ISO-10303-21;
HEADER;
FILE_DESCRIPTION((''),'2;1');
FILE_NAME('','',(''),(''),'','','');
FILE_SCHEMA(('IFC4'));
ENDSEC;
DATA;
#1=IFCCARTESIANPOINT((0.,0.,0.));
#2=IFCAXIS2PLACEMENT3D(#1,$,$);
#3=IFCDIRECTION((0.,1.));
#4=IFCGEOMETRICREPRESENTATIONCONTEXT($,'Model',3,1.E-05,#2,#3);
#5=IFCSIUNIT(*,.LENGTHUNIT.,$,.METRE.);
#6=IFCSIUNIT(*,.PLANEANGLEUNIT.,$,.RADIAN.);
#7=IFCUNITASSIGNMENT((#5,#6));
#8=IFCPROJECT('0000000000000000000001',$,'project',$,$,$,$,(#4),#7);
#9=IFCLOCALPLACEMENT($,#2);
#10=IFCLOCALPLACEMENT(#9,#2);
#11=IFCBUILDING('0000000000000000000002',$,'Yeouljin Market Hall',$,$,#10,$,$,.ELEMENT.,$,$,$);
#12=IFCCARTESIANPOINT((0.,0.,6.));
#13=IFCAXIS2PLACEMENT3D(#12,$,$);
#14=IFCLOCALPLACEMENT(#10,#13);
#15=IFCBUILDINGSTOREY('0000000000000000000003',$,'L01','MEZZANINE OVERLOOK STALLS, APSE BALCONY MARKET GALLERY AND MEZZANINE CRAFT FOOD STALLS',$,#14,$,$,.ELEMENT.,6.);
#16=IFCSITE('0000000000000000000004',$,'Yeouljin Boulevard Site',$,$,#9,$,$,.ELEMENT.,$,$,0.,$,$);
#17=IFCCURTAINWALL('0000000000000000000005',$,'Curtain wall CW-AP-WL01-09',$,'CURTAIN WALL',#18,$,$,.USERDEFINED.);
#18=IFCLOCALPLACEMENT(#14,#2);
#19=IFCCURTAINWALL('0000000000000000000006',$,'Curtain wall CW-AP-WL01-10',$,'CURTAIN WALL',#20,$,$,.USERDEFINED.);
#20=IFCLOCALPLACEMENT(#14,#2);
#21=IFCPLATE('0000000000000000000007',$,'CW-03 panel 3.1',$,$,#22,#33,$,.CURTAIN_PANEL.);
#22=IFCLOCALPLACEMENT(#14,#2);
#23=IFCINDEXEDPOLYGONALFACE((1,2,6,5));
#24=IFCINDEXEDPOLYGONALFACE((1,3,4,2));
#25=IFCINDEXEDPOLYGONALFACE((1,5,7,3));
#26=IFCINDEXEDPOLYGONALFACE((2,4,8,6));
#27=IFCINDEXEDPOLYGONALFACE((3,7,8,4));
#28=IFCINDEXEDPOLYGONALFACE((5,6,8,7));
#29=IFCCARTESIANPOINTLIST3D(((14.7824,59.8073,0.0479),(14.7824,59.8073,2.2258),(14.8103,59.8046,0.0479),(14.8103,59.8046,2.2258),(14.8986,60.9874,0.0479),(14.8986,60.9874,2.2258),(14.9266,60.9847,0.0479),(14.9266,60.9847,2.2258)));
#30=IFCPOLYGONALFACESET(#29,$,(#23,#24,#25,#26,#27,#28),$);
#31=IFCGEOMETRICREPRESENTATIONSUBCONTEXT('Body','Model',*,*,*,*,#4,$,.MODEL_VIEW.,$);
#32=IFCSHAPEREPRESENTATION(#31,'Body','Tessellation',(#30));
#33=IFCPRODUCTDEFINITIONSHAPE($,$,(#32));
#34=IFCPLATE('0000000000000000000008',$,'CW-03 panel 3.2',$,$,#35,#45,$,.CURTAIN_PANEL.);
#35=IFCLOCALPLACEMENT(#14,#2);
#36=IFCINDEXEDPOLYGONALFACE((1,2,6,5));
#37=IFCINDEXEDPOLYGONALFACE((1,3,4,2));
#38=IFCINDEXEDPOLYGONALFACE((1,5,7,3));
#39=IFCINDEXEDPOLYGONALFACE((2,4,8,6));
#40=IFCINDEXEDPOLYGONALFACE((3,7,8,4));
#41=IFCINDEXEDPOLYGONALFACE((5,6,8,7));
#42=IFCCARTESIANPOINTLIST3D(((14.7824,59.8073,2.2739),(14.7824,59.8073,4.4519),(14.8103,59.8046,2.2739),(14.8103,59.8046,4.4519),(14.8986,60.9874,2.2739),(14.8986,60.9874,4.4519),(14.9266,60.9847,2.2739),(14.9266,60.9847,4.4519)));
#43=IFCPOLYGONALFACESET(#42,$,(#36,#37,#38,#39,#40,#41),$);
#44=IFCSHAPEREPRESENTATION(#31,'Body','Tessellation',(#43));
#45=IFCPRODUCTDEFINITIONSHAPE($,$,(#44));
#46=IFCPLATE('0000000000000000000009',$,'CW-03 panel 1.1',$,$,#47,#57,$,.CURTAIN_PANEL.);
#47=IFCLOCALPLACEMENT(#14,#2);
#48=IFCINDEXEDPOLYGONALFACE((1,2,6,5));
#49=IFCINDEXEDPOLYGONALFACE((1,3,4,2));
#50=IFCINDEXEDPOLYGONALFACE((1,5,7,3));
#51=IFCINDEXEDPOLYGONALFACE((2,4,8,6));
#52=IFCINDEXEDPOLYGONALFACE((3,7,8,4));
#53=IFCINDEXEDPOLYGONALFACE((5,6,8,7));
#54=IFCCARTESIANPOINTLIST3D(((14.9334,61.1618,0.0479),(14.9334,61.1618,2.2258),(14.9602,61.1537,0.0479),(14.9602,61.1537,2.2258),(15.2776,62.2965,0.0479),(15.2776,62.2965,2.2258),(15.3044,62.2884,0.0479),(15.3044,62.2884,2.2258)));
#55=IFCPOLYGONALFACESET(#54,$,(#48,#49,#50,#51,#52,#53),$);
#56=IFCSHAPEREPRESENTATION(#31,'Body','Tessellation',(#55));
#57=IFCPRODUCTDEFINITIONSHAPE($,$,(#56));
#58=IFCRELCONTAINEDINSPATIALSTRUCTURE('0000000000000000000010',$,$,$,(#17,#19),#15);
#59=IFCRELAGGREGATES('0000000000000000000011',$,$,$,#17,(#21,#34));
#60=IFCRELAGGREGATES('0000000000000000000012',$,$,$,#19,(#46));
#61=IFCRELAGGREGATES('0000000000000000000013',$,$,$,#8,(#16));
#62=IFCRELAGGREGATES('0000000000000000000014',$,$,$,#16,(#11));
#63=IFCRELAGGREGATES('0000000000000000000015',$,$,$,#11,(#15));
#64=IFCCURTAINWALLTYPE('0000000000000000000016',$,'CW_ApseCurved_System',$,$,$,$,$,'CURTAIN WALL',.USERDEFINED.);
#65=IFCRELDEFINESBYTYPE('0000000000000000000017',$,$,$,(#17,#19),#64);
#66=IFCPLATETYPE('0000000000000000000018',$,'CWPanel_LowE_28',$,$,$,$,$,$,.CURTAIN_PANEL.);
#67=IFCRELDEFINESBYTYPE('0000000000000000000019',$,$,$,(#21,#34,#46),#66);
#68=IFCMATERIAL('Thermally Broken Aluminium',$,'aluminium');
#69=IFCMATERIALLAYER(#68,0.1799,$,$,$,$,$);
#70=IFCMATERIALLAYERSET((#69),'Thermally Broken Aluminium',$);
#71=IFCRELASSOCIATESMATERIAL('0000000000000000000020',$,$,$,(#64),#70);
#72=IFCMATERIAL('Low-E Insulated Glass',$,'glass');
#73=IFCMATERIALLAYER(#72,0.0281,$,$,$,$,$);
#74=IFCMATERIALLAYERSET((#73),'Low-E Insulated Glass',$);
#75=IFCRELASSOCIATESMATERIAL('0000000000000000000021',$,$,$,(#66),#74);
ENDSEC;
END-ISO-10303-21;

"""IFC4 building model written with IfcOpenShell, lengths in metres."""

from ifc_helpers import new_model, si_unit, direction, frame, origin, origin_2d, place, context, subcontext, project, spatial, rectangle, extrude, material, layer, layer_set, type_object, element, aggregate, save


model = new_model("IFC4")

# Units and contexts
model_context = context("Model", 3, precision=1e-05, world=origin(), true_north=direction((0.0, 1.0)))
body_context = subcontext(model_context, "Body", "Model", "MODEL_VIEW")
ifc_project = project(units=[si_unit("LENGTHUNIT", "METRE"), si_unit("PLANEANGLEUNIT", "RADIAN")], contexts=[model_context])

# Site, building, storey
site_placement = place(None, origin())
site = spatial("IfcSite", under=ifc_project, at=site_placement, Name="Yeouljin Boulevard Site", CompositionType="ELEMENT", RefElevation=0.0)
building_placement = place(site_placement, origin())
building = spatial("IfcBuilding", under=site, at=building_placement, Name="Yeouljin Market Hall", CompositionType="ELEMENT")
storey_placement = place(building_placement, frame((0.0, 0.0, 6.0)))
storey = spatial("IfcBuildingStorey", under=building, at=storey_placement, Name="L01", Description="MEZZANINE OVERLOOK STALLS, APSE BALCONY MARKET GALLERY AND MEZZANINE CRAFT FOOD STALLS", CompositionType="ELEMENT", Elevation=6.0)

# Curtain wall
ifc_material_1 = material(Name="Thermally Broken Aluminium", Category="aluminium")
ifc_layer_1 = layer(ifc_material_1, 0.1799)
ifc_layer_set_1 = layer_set([ifc_layer_1], Name="Thermally Broken Aluminium")
curtain_wall_type = type_object("IfcCurtainWallType", Name="CW_ApseCurved_System", ElementType="CURTAIN WALL", PredefinedType="USERDEFINED", material=ifc_layer_set_1)
curtain_wall_1_placement = place(storey_placement, origin())
curtain_wall_1 = element("IfcCurtainWall", 1, at=curtain_wall_1_placement, inside=storey, type_object=curtain_wall_type, Name="Curtain wall CW-AP-WL01-09", ObjectType="CURTAIN WALL", PredefinedType="USERDEFINED")

# Curtain wall
curtain_wall_2_placement = place(storey_placement, origin())
curtain_wall_2 = element("IfcCurtainWall", 2, at=curtain_wall_2_placement, inside=storey, type_object=curtain_wall_type, Name="Curtain wall CW-AP-WL01-10", ObjectType="CURTAIN WALL", PredefinedType="USERDEFINED")

# Plates
ifc_material_2 = material(Name="Low-E Insulated Glass", Category="glass")
ifc_layer_2 = layer(ifc_material_2, 0.0281)
ifc_layer_set_2 = layer_set([ifc_layer_2], Name="Low-E Insulated Glass")
plate_type = type_object("IfcPlateType", Name="CWPanel_LowE_28", PredefinedType="CURTAIN_PANEL", material=ifc_layer_set_2)
plate_1_placement = place(storey_placement, frame((14.8545, 60.396, 0.0479), z_axis=(0.0, 0.0, 1.0), x_axis=(0.098034, 0.995183, 0.0)))
plate_1 = element("IfcPlate", 3, at=plate_1_placement, type_object=plate_type, Name="CW-03 panel 3.1", PredefinedType="CURTAIN_PANEL", context=body_context, shape_type="SweptSolid", body=[
    extrude(rectangle(XDim=1.1858, YDim=0.0281, at=origin_2d()), origin(), (0.0, 0.0, 1.0), 2.178),
])
plate_2_placement = place(storey_placement, frame((14.8545, 60.396, 2.2739), z_axis=(0.0, 0.0, 1.0), x_axis=(0.098034, 0.995183, 0.0)))
plate_2 = element("IfcPlate", 4, at=plate_2_placement, type_object=plate_type, Name="CW-03 panel 3.2", PredefinedType="CURTAIN_PANEL", context=body_context, shape_type="SweptSolid", body=[
    extrude(rectangle(XDim=1.1858, YDim=0.0281, at=origin_2d()), origin(), (0.0, 0.0, 1.0), 2.178),
])
aggregate(curtain_wall_1, [plate_1, plate_2])
plate_3_placement = place(storey_placement, frame((15.1189, 61.7251, 0.0479), z_axis=(0.0, 0.0, 1.0), x_axis=(0.290286, 0.95694, 0.0)))
plate_3 = element("IfcPlate", 5, at=plate_3_placement, type_object=plate_type, Name="CW-03 panel 1.1", PredefinedType="CURTAIN_PANEL", context=body_context, shape_type="SweptSolid", body=[
    extrude(rectangle(XDim=1.1858, YDim=0.0281, at=origin_2d()), origin(), (0.0, 0.0, 1.0), 2.178),
])
aggregate(curtain_wall_2, [plate_3])

save(model, "model.ifc")
